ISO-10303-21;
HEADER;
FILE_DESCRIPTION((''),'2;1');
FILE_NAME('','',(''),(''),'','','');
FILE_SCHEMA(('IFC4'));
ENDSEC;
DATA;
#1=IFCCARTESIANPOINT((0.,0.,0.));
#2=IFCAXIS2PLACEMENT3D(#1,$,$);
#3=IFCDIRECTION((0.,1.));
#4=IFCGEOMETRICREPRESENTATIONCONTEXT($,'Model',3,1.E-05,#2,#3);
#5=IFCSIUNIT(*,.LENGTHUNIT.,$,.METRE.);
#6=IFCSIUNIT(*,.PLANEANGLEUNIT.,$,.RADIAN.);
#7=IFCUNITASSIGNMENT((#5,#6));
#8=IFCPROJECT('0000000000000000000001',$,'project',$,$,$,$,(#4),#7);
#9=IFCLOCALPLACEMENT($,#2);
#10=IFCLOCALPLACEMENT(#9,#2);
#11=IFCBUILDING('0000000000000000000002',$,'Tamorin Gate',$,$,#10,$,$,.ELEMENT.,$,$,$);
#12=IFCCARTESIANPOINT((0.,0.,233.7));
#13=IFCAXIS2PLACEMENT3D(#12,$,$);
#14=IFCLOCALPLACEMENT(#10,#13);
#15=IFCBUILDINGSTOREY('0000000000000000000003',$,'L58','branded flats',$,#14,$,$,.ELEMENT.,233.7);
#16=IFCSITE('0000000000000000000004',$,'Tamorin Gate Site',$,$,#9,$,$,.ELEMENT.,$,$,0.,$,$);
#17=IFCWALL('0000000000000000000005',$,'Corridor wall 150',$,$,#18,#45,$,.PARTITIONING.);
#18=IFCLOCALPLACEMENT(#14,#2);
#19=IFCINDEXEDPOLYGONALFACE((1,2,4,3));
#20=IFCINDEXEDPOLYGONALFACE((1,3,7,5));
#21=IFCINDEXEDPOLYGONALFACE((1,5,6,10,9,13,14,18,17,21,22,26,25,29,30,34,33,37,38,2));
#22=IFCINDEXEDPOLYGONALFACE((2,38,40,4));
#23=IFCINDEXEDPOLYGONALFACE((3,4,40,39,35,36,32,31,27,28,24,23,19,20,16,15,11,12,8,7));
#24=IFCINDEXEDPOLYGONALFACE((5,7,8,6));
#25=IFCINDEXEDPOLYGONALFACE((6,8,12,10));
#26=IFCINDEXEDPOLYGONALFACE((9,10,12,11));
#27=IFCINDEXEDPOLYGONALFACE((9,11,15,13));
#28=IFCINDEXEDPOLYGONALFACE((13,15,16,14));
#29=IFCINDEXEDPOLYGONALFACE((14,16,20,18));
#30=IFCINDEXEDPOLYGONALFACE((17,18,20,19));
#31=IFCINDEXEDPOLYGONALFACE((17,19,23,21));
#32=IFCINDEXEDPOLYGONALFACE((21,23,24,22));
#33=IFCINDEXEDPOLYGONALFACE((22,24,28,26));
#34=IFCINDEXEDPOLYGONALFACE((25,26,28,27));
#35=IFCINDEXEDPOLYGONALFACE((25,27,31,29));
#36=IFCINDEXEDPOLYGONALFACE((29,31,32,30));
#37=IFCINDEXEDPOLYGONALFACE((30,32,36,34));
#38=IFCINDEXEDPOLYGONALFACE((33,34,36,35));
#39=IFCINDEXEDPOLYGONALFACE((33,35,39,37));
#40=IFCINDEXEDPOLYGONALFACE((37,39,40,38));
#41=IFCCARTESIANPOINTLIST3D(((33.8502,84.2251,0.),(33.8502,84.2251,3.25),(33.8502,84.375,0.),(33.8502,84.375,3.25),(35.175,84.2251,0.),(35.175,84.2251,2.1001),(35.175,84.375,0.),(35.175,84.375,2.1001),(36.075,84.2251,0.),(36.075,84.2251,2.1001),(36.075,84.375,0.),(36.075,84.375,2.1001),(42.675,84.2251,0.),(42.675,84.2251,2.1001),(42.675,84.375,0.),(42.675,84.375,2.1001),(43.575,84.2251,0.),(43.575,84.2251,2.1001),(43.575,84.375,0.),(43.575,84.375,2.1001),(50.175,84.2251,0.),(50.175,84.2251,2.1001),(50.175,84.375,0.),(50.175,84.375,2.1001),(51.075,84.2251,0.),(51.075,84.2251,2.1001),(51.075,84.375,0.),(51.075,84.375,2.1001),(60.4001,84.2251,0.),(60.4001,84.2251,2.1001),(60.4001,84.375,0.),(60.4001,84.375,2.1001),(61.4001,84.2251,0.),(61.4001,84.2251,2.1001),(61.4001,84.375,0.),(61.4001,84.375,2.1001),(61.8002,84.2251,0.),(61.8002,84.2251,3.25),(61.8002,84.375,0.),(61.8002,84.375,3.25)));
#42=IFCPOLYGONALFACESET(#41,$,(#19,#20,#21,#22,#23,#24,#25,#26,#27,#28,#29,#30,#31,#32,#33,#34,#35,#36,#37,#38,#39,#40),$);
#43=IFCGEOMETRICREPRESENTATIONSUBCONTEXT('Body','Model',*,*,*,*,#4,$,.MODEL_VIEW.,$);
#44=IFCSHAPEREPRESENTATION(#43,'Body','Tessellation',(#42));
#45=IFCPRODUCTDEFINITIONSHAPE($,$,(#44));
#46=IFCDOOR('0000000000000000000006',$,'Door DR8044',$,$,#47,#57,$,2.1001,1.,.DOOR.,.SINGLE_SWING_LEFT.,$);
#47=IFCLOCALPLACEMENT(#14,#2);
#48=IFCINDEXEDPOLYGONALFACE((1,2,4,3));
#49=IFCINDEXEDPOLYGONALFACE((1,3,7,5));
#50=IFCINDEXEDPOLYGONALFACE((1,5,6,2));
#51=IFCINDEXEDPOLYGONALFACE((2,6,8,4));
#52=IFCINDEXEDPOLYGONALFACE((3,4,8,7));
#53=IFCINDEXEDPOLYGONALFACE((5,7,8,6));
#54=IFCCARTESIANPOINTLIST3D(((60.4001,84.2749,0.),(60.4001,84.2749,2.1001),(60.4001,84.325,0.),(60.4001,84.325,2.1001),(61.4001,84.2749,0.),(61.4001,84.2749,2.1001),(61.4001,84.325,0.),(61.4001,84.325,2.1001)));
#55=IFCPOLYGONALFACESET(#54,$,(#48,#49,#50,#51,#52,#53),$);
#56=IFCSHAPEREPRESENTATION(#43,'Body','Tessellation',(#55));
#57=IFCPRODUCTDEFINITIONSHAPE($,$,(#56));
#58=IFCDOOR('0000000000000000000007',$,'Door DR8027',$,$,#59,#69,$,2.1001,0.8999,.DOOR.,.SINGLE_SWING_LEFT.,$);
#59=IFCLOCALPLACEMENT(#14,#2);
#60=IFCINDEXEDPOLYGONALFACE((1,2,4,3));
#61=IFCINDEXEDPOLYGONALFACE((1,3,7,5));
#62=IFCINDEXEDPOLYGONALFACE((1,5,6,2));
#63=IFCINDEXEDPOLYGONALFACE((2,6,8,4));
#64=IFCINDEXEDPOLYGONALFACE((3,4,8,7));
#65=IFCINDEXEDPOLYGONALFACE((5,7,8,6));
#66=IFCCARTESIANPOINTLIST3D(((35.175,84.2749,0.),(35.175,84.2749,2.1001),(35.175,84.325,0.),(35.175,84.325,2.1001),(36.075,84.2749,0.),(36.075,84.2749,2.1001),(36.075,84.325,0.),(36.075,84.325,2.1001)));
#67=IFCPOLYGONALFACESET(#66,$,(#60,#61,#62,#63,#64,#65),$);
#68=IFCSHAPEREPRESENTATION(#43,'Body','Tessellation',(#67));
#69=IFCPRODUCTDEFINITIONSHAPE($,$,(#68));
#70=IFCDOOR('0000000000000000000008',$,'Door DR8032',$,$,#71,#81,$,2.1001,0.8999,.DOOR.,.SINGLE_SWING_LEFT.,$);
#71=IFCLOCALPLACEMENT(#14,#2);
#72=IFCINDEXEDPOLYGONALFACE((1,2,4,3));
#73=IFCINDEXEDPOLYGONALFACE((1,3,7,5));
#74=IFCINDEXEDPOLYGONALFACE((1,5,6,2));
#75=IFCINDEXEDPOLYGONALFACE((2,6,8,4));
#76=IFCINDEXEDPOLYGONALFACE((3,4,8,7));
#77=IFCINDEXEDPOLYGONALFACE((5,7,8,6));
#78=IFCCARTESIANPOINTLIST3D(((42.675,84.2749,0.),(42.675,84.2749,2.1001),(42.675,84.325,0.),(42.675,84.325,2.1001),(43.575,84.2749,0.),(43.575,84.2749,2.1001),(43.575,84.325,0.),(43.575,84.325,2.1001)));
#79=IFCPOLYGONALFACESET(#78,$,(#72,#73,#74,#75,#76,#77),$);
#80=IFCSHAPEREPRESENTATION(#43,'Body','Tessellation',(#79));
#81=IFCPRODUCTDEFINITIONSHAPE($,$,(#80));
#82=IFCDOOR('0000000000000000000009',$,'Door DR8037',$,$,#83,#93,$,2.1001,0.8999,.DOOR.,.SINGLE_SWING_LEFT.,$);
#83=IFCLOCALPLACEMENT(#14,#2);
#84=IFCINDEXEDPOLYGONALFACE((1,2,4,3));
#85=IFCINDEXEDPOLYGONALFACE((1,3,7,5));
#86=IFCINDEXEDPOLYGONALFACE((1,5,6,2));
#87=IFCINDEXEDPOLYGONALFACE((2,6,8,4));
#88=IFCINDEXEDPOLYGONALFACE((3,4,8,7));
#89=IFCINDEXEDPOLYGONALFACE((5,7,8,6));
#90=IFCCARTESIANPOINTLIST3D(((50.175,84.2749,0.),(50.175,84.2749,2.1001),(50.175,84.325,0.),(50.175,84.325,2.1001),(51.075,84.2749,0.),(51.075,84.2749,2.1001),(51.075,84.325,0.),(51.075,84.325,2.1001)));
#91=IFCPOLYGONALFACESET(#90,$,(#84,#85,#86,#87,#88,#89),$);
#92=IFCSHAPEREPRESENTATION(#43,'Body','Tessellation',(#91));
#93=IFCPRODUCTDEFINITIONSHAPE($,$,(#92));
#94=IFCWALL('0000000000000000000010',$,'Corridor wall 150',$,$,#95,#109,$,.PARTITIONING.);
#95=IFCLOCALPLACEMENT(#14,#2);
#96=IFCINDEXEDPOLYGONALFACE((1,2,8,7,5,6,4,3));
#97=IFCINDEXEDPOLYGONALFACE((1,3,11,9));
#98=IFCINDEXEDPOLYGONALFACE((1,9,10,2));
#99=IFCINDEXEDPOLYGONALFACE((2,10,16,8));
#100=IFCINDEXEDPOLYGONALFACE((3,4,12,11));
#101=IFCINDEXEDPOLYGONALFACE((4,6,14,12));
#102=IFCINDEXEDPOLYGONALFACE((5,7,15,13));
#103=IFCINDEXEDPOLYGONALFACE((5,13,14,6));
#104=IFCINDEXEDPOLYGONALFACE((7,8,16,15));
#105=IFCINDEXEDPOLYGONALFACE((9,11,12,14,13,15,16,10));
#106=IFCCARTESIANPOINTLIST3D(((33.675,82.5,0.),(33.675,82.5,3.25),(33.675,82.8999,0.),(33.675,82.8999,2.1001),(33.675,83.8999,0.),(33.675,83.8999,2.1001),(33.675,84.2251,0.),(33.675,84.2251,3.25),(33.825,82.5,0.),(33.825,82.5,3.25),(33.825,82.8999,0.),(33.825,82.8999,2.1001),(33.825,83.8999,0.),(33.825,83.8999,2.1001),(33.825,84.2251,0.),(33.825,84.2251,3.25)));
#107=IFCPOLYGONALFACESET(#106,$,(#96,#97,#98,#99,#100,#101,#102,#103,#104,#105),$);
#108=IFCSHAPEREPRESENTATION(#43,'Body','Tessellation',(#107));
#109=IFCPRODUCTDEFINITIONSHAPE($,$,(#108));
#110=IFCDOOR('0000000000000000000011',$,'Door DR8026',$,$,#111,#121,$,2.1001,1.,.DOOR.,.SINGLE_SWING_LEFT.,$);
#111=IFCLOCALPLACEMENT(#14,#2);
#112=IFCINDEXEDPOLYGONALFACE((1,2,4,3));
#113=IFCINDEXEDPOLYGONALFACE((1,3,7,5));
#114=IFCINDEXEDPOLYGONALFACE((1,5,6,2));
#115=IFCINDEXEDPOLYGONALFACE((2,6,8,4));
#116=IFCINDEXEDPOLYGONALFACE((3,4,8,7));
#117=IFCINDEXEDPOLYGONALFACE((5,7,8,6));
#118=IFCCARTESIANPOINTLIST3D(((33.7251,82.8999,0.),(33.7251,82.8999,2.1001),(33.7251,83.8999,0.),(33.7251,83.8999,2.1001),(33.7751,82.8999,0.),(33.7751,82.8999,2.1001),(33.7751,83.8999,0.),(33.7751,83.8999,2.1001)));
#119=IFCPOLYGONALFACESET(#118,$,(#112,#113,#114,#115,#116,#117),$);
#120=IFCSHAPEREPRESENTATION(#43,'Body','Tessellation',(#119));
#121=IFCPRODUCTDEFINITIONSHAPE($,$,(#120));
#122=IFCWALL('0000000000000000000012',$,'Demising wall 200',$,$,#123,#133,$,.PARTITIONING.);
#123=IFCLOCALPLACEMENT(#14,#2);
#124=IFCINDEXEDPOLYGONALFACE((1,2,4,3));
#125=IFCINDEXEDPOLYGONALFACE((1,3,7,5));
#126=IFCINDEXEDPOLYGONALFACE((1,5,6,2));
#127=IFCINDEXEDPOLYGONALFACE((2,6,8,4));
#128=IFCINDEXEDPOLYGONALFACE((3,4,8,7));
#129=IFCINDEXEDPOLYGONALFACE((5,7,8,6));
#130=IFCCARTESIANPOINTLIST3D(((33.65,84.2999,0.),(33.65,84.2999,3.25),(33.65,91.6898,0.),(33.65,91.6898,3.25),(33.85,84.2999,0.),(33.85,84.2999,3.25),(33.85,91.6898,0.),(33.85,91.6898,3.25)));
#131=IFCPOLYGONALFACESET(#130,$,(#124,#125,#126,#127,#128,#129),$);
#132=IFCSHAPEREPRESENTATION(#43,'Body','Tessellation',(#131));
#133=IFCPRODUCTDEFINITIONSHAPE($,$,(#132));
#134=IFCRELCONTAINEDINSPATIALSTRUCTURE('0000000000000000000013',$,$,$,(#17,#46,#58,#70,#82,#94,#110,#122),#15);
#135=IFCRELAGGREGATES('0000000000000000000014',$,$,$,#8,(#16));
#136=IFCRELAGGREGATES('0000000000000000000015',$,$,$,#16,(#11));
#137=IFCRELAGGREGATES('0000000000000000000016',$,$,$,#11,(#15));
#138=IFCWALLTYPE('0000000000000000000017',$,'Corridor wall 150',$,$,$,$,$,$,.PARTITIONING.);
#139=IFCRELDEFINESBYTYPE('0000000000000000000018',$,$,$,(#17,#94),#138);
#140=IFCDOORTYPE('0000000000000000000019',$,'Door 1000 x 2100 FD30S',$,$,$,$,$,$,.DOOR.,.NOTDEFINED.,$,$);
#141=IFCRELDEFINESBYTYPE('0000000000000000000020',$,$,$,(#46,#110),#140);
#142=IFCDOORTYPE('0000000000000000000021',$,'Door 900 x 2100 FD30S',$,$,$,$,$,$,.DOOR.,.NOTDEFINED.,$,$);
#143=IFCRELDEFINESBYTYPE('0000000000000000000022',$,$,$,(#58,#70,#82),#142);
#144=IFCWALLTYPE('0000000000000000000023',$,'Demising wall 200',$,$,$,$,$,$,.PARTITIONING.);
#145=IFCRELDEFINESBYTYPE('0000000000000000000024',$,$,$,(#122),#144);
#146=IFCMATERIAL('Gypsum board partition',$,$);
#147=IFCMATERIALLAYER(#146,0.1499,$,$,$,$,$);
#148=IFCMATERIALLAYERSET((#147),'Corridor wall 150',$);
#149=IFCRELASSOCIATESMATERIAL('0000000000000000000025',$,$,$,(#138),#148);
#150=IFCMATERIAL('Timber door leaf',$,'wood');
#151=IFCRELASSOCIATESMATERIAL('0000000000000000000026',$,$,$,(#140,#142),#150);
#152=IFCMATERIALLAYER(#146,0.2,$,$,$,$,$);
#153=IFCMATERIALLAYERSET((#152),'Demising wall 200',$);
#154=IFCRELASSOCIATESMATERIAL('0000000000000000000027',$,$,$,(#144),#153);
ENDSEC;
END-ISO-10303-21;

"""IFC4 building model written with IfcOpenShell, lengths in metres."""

from ifc_helpers import new_model, si_unit, direction, frame, frame_2d, origin, place, context, subcontext, project, spatial, rectangle, extrude, material, layer, layer_set, type_object, element, fill, save


model = new_model("IFC4")

# Units and contexts
model_context = context("Model", 3, precision=1e-05, world=origin(), true_north=direction((0.0, 1.0)))
body_context = subcontext(model_context, "Body", "Model", "MODEL_VIEW")
ifc_project = project(units=[si_unit("LENGTHUNIT", "METRE"), si_unit("PLANEANGLEUNIT", "RADIAN")], contexts=[model_context])

# Site, building, storey
site_placement = place(None, origin())
site = spatial("IfcSite", under=ifc_project, at=site_placement, Name="Tamorin Gate Site", CompositionType="ELEMENT", RefElevation=0.0)
building_placement = place(site_placement, origin())
building = spatial("IfcBuilding", under=site, at=building_placement, Name="Tamorin Gate", CompositionType="ELEMENT")
storey_placement = place(building_placement, frame((0.0, 0.0, 233.7)))
storey = spatial("IfcBuildingStorey", under=building, at=storey_placement, Name="L58", Description="branded flats", CompositionType="ELEMENT", Elevation=233.7)

# Wall, openings, doors
ifc_material_1 = material(Name="Gypsum board partition")
ifc_layer_1 = layer(ifc_material_1, 0.1499)
ifc_layer_set_1 = layer_set([ifc_layer_1], Name="Corridor wall 150")
wall_type_1 = type_object("IfcWallType", Name="Corridor wall 150", PredefinedType="PARTITIONING", material=ifc_layer_set_1)
wall_1_placement = place(storey_placement, frame((33.8501, 84.3, 0.0), z_axis=(0.0, 0.0, 1.0), x_axis=(1.0, 0.0, 0.0)))
wall_1 = element("IfcWall", 1, at=wall_1_placement, inside=storey, type_object=wall_type_1, Name="Corridor wall 150", PredefinedType="PARTITIONING", context=body_context, shape_type="SweptSolid", body=[
    extrude(rectangle(XDim=27.95, YDim=0.1499, at=frame_2d((13.9751, 0.0))), origin(), (0.0, 0.0, 1.0), 3.25),
])
opening_1_placement = place(wall_1_placement, frame((1.325, 0.0, 0.0)))
opening_1 = element("IfcOpeningElement", 2, at=opening_1_placement, cuts=wall_1, PredefinedType="OPENING", context=body_context, shape_type="SweptSolid", body=[
    extrude(rectangle(XDim=0.8999, YDim=2.1001, at=frame_2d((0.45, 1.05))), frame((0.0, 0.085, 0.0), z_axis=(0.0, -1.0, 0.0), x_axis=(1.0, 0.0, 0.0)), (0.0, 0.0, 1.0), 0.1699),
])
opening_2_placement = place(wall_1_placement, frame((8.825, 0.0, 0.0)))
opening_2 = element("IfcOpeningElement", 3, at=opening_2_placement, cuts=wall_1, PredefinedType="OPENING", context=body_context, shape_type="SweptSolid", body=[
    extrude(rectangle(XDim=0.8999, YDim=2.1001, at=frame_2d((0.45, 1.05))), frame((0.0, 0.085, 0.0), z_axis=(0.0, -1.0, 0.0), x_axis=(1.0, 0.0, 0.0)), (0.0, 0.0, 1.0), 0.1699),
])
opening_3_placement = place(wall_1_placement, frame((16.325, 0.0, 0.0)))
opening_3 = element("IfcOpeningElement", 4, at=opening_3_placement, cuts=wall_1, PredefinedType="OPENING", context=body_context, shape_type="SweptSolid", body=[
    extrude(rectangle(XDim=0.8999, YDim=2.1001, at=frame_2d((0.45, 1.05))), frame((0.0, 0.085, 0.0), z_axis=(0.0, -1.0, 0.0), x_axis=(1.0, 0.0, 0.0)), (0.0, 0.0, 1.0), 0.1699),
])
opening_4_placement = place(wall_1_placement, frame((26.55, 0.0, 0.0)))
opening_4 = element("IfcOpeningElement", 5, at=opening_4_placement, cuts=wall_1, PredefinedType="OPENING", context=body_context, shape_type="SweptSolid", body=[
    extrude(rectangle(XDim=1.0, YDim=2.1001, at=frame_2d((0.5, 1.05))), frame((0.0, 0.085, 0.0), z_axis=(0.0, -1.0, 0.0), x_axis=(1.0, 0.0, 0.0)), (0.0, 0.0, 1.0), 0.1699),
])
ifc_material_2 = material(Name="Timber door leaf", Category="wood")
door_type_1 = type_object("IfcDoorType", Name="Door 1000 x 2100 FD30S", OperationType="NOTDEFINED", PredefinedType="DOOR", material=ifc_material_2)
door_1_placement = place(opening_4_placement, origin())
door_1 = element("IfcDoor", 6, at=door_1_placement, inside=storey, type_object=door_type_1, Name="Door DR8044", OperationType="SINGLE_SWING_LEFT", OverallHeight=2.1001, OverallWidth=1.0, PredefinedType="DOOR", context=body_context, shape_type="SweptSolid", body=[
    extrude(rectangle(XDim=1.0, YDim=2.1001, at=frame_2d((0.5, 1.05))), frame((0.0, 0.0249, 0.0), z_axis=(0.0, -1.0, 0.0), x_axis=(1.0, 0.0, 0.0)), (0.0, 0.0, 1.0), 0.05),
])
fill(opening_4, door_1)
door_type_2 = type_object("IfcDoorType", Name="Door 900 x 2100 FD30S", OperationType="NOTDEFINED", PredefinedType="DOOR", material=ifc_material_2)
door_2_placement = place(opening_1_placement, origin())
door_2 = element("IfcDoor", 7, at=door_2_placement, inside=storey, type_object=door_type_2, Name="Door DR8027", OperationType="SINGLE_SWING_LEFT", OverallHeight=2.1001, OverallWidth=0.8999, PredefinedType="DOOR", context=body_context, shape_type="SweptSolid", body=[
    extrude(rectangle(XDim=0.8999, YDim=2.1001, at=frame_2d((0.45, 1.05))), frame((0.0, 0.0249, 0.0), z_axis=(0.0, -1.0, 0.0), x_axis=(1.0, 0.0, 0.0)), (0.0, 0.0, 1.0), 0.05),
])
fill(opening_1, door_2)
door_3_placement = place(opening_2_placement, origin())
door_3 = element("IfcDoor", 8, at=door_3_placement, inside=storey, type_object=door_type_2, Name="Door DR8032", OperationType="SINGLE_SWING_LEFT", OverallHeight=2.1001, OverallWidth=0.8999, PredefinedType="DOOR", context=body_context, shape_type="SweptSolid", body=[
    extrude(rectangle(XDim=0.8999, YDim=2.1001, at=frame_2d((0.45, 1.05))), frame((0.0, 0.0249, 0.0), z_axis=(0.0, -1.0, 0.0), x_axis=(1.0, 0.0, 0.0)), (0.0, 0.0, 1.0), 0.05),
])
fill(opening_2, door_3)
door_4_placement = place(opening_3_placement, origin())
door_4 = element("IfcDoor", 9, at=door_4_placement, inside=storey, type_object=door_type_2, Name="Door DR8037", OperationType="SINGLE_SWING_LEFT", OverallHeight=2.1001, OverallWidth=0.8999, PredefinedType="DOOR", context=body_context, shape_type="SweptSolid", body=[
    extrude(rectangle(XDim=0.8999, YDim=2.1001, at=frame_2d((0.45, 1.05))), frame((0.0, 0.0249, 0.0), z_axis=(0.0, -1.0, 0.0), x_axis=(1.0, 0.0, 0.0)), (0.0, 0.0, 1.0), 0.05),
])
fill(opening_3, door_4)

# Wall, opening, door
wall_2_placement = place(storey_placement, frame((33.75, 82.5, 0.0), z_axis=(0.0, 0.0, 1.0), x_axis=(0.0, 1.0, 0.0)))
wall_2 = element("IfcWall", 10, at=wall_2_placement, inside=storey, type_object=wall_type_1, Name="Corridor wall 150", PredefinedType="PARTITIONING", context=body_context, shape_type="SweptSolid", body=[
    extrude(rectangle(XDim=1.7251, YDim=0.1499, at=frame_2d((0.8625, 0.0))), origin(), (0.0, 0.0, 1.0), 3.25),
])
opening_5_placement = place(wall_2_placement, frame((0.3999, 0.0, 0.0)))
opening_5 = element("IfcOpeningElement", 11, at=opening_5_placement, cuts=wall_2, PredefinedType="OPENING", context=body_context, shape_type="SweptSolid", body=[
    extrude(rectangle(XDim=1.0, YDim=2.1001, at=frame_2d((0.5, 1.05))), frame((0.0, 0.085, 0.0), z_axis=(0.0, -1.0, 0.0), x_axis=(1.0, 0.0, 0.0)), (0.0, 0.0, 1.0), 0.1699),
])
door_5_placement = place(opening_5_placement, origin())
door_5 = element("IfcDoor", 12, at=door_5_placement, inside=storey, type_object=door_type_1, Name="Door DR8026", OperationType="SINGLE_SWING_LEFT", OverallHeight=2.1001, OverallWidth=1.0, PredefinedType="DOOR", context=body_context, shape_type="SweptSolid", body=[
    extrude(rectangle(XDim=1.0, YDim=2.1001, at=frame_2d((0.5, 1.05))), frame((0.0, 0.0249, 0.0), z_axis=(0.0, -1.0, 0.0), x_axis=(1.0, 0.0, 0.0)), (0.0, 0.0, 1.0), 0.05),
])
fill(opening_5, door_5)

# Wall
ifc_layer_2 = layer(ifc_material_1, 0.2)
ifc_layer_set_2 = layer_set([ifc_layer_2], Name="Demising wall 200")
wall_type_2 = type_object("IfcWallType", Name="Demising wall 200", PredefinedType="PARTITIONING", material=ifc_layer_set_2)
wall_3_placement = place(storey_placement, frame((33.75, 84.3, 0.0), z_axis=(0.0, 0.0, 1.0), x_axis=(0.0, 1.0, 0.0)))
element("IfcWall", 13, at=wall_3_placement, inside=storey, type_object=wall_type_2, Name="Demising wall 200", PredefinedType="PARTITIONING", context=body_context, shape_type="SweptSolid", body=[
    extrude(rectangle(XDim=7.3899, YDim=0.2, at=frame_2d((3.6948, 0.0))), origin(), (0.0, 0.0, 1.0), 3.25),
])

save(model, "model.ifc")
